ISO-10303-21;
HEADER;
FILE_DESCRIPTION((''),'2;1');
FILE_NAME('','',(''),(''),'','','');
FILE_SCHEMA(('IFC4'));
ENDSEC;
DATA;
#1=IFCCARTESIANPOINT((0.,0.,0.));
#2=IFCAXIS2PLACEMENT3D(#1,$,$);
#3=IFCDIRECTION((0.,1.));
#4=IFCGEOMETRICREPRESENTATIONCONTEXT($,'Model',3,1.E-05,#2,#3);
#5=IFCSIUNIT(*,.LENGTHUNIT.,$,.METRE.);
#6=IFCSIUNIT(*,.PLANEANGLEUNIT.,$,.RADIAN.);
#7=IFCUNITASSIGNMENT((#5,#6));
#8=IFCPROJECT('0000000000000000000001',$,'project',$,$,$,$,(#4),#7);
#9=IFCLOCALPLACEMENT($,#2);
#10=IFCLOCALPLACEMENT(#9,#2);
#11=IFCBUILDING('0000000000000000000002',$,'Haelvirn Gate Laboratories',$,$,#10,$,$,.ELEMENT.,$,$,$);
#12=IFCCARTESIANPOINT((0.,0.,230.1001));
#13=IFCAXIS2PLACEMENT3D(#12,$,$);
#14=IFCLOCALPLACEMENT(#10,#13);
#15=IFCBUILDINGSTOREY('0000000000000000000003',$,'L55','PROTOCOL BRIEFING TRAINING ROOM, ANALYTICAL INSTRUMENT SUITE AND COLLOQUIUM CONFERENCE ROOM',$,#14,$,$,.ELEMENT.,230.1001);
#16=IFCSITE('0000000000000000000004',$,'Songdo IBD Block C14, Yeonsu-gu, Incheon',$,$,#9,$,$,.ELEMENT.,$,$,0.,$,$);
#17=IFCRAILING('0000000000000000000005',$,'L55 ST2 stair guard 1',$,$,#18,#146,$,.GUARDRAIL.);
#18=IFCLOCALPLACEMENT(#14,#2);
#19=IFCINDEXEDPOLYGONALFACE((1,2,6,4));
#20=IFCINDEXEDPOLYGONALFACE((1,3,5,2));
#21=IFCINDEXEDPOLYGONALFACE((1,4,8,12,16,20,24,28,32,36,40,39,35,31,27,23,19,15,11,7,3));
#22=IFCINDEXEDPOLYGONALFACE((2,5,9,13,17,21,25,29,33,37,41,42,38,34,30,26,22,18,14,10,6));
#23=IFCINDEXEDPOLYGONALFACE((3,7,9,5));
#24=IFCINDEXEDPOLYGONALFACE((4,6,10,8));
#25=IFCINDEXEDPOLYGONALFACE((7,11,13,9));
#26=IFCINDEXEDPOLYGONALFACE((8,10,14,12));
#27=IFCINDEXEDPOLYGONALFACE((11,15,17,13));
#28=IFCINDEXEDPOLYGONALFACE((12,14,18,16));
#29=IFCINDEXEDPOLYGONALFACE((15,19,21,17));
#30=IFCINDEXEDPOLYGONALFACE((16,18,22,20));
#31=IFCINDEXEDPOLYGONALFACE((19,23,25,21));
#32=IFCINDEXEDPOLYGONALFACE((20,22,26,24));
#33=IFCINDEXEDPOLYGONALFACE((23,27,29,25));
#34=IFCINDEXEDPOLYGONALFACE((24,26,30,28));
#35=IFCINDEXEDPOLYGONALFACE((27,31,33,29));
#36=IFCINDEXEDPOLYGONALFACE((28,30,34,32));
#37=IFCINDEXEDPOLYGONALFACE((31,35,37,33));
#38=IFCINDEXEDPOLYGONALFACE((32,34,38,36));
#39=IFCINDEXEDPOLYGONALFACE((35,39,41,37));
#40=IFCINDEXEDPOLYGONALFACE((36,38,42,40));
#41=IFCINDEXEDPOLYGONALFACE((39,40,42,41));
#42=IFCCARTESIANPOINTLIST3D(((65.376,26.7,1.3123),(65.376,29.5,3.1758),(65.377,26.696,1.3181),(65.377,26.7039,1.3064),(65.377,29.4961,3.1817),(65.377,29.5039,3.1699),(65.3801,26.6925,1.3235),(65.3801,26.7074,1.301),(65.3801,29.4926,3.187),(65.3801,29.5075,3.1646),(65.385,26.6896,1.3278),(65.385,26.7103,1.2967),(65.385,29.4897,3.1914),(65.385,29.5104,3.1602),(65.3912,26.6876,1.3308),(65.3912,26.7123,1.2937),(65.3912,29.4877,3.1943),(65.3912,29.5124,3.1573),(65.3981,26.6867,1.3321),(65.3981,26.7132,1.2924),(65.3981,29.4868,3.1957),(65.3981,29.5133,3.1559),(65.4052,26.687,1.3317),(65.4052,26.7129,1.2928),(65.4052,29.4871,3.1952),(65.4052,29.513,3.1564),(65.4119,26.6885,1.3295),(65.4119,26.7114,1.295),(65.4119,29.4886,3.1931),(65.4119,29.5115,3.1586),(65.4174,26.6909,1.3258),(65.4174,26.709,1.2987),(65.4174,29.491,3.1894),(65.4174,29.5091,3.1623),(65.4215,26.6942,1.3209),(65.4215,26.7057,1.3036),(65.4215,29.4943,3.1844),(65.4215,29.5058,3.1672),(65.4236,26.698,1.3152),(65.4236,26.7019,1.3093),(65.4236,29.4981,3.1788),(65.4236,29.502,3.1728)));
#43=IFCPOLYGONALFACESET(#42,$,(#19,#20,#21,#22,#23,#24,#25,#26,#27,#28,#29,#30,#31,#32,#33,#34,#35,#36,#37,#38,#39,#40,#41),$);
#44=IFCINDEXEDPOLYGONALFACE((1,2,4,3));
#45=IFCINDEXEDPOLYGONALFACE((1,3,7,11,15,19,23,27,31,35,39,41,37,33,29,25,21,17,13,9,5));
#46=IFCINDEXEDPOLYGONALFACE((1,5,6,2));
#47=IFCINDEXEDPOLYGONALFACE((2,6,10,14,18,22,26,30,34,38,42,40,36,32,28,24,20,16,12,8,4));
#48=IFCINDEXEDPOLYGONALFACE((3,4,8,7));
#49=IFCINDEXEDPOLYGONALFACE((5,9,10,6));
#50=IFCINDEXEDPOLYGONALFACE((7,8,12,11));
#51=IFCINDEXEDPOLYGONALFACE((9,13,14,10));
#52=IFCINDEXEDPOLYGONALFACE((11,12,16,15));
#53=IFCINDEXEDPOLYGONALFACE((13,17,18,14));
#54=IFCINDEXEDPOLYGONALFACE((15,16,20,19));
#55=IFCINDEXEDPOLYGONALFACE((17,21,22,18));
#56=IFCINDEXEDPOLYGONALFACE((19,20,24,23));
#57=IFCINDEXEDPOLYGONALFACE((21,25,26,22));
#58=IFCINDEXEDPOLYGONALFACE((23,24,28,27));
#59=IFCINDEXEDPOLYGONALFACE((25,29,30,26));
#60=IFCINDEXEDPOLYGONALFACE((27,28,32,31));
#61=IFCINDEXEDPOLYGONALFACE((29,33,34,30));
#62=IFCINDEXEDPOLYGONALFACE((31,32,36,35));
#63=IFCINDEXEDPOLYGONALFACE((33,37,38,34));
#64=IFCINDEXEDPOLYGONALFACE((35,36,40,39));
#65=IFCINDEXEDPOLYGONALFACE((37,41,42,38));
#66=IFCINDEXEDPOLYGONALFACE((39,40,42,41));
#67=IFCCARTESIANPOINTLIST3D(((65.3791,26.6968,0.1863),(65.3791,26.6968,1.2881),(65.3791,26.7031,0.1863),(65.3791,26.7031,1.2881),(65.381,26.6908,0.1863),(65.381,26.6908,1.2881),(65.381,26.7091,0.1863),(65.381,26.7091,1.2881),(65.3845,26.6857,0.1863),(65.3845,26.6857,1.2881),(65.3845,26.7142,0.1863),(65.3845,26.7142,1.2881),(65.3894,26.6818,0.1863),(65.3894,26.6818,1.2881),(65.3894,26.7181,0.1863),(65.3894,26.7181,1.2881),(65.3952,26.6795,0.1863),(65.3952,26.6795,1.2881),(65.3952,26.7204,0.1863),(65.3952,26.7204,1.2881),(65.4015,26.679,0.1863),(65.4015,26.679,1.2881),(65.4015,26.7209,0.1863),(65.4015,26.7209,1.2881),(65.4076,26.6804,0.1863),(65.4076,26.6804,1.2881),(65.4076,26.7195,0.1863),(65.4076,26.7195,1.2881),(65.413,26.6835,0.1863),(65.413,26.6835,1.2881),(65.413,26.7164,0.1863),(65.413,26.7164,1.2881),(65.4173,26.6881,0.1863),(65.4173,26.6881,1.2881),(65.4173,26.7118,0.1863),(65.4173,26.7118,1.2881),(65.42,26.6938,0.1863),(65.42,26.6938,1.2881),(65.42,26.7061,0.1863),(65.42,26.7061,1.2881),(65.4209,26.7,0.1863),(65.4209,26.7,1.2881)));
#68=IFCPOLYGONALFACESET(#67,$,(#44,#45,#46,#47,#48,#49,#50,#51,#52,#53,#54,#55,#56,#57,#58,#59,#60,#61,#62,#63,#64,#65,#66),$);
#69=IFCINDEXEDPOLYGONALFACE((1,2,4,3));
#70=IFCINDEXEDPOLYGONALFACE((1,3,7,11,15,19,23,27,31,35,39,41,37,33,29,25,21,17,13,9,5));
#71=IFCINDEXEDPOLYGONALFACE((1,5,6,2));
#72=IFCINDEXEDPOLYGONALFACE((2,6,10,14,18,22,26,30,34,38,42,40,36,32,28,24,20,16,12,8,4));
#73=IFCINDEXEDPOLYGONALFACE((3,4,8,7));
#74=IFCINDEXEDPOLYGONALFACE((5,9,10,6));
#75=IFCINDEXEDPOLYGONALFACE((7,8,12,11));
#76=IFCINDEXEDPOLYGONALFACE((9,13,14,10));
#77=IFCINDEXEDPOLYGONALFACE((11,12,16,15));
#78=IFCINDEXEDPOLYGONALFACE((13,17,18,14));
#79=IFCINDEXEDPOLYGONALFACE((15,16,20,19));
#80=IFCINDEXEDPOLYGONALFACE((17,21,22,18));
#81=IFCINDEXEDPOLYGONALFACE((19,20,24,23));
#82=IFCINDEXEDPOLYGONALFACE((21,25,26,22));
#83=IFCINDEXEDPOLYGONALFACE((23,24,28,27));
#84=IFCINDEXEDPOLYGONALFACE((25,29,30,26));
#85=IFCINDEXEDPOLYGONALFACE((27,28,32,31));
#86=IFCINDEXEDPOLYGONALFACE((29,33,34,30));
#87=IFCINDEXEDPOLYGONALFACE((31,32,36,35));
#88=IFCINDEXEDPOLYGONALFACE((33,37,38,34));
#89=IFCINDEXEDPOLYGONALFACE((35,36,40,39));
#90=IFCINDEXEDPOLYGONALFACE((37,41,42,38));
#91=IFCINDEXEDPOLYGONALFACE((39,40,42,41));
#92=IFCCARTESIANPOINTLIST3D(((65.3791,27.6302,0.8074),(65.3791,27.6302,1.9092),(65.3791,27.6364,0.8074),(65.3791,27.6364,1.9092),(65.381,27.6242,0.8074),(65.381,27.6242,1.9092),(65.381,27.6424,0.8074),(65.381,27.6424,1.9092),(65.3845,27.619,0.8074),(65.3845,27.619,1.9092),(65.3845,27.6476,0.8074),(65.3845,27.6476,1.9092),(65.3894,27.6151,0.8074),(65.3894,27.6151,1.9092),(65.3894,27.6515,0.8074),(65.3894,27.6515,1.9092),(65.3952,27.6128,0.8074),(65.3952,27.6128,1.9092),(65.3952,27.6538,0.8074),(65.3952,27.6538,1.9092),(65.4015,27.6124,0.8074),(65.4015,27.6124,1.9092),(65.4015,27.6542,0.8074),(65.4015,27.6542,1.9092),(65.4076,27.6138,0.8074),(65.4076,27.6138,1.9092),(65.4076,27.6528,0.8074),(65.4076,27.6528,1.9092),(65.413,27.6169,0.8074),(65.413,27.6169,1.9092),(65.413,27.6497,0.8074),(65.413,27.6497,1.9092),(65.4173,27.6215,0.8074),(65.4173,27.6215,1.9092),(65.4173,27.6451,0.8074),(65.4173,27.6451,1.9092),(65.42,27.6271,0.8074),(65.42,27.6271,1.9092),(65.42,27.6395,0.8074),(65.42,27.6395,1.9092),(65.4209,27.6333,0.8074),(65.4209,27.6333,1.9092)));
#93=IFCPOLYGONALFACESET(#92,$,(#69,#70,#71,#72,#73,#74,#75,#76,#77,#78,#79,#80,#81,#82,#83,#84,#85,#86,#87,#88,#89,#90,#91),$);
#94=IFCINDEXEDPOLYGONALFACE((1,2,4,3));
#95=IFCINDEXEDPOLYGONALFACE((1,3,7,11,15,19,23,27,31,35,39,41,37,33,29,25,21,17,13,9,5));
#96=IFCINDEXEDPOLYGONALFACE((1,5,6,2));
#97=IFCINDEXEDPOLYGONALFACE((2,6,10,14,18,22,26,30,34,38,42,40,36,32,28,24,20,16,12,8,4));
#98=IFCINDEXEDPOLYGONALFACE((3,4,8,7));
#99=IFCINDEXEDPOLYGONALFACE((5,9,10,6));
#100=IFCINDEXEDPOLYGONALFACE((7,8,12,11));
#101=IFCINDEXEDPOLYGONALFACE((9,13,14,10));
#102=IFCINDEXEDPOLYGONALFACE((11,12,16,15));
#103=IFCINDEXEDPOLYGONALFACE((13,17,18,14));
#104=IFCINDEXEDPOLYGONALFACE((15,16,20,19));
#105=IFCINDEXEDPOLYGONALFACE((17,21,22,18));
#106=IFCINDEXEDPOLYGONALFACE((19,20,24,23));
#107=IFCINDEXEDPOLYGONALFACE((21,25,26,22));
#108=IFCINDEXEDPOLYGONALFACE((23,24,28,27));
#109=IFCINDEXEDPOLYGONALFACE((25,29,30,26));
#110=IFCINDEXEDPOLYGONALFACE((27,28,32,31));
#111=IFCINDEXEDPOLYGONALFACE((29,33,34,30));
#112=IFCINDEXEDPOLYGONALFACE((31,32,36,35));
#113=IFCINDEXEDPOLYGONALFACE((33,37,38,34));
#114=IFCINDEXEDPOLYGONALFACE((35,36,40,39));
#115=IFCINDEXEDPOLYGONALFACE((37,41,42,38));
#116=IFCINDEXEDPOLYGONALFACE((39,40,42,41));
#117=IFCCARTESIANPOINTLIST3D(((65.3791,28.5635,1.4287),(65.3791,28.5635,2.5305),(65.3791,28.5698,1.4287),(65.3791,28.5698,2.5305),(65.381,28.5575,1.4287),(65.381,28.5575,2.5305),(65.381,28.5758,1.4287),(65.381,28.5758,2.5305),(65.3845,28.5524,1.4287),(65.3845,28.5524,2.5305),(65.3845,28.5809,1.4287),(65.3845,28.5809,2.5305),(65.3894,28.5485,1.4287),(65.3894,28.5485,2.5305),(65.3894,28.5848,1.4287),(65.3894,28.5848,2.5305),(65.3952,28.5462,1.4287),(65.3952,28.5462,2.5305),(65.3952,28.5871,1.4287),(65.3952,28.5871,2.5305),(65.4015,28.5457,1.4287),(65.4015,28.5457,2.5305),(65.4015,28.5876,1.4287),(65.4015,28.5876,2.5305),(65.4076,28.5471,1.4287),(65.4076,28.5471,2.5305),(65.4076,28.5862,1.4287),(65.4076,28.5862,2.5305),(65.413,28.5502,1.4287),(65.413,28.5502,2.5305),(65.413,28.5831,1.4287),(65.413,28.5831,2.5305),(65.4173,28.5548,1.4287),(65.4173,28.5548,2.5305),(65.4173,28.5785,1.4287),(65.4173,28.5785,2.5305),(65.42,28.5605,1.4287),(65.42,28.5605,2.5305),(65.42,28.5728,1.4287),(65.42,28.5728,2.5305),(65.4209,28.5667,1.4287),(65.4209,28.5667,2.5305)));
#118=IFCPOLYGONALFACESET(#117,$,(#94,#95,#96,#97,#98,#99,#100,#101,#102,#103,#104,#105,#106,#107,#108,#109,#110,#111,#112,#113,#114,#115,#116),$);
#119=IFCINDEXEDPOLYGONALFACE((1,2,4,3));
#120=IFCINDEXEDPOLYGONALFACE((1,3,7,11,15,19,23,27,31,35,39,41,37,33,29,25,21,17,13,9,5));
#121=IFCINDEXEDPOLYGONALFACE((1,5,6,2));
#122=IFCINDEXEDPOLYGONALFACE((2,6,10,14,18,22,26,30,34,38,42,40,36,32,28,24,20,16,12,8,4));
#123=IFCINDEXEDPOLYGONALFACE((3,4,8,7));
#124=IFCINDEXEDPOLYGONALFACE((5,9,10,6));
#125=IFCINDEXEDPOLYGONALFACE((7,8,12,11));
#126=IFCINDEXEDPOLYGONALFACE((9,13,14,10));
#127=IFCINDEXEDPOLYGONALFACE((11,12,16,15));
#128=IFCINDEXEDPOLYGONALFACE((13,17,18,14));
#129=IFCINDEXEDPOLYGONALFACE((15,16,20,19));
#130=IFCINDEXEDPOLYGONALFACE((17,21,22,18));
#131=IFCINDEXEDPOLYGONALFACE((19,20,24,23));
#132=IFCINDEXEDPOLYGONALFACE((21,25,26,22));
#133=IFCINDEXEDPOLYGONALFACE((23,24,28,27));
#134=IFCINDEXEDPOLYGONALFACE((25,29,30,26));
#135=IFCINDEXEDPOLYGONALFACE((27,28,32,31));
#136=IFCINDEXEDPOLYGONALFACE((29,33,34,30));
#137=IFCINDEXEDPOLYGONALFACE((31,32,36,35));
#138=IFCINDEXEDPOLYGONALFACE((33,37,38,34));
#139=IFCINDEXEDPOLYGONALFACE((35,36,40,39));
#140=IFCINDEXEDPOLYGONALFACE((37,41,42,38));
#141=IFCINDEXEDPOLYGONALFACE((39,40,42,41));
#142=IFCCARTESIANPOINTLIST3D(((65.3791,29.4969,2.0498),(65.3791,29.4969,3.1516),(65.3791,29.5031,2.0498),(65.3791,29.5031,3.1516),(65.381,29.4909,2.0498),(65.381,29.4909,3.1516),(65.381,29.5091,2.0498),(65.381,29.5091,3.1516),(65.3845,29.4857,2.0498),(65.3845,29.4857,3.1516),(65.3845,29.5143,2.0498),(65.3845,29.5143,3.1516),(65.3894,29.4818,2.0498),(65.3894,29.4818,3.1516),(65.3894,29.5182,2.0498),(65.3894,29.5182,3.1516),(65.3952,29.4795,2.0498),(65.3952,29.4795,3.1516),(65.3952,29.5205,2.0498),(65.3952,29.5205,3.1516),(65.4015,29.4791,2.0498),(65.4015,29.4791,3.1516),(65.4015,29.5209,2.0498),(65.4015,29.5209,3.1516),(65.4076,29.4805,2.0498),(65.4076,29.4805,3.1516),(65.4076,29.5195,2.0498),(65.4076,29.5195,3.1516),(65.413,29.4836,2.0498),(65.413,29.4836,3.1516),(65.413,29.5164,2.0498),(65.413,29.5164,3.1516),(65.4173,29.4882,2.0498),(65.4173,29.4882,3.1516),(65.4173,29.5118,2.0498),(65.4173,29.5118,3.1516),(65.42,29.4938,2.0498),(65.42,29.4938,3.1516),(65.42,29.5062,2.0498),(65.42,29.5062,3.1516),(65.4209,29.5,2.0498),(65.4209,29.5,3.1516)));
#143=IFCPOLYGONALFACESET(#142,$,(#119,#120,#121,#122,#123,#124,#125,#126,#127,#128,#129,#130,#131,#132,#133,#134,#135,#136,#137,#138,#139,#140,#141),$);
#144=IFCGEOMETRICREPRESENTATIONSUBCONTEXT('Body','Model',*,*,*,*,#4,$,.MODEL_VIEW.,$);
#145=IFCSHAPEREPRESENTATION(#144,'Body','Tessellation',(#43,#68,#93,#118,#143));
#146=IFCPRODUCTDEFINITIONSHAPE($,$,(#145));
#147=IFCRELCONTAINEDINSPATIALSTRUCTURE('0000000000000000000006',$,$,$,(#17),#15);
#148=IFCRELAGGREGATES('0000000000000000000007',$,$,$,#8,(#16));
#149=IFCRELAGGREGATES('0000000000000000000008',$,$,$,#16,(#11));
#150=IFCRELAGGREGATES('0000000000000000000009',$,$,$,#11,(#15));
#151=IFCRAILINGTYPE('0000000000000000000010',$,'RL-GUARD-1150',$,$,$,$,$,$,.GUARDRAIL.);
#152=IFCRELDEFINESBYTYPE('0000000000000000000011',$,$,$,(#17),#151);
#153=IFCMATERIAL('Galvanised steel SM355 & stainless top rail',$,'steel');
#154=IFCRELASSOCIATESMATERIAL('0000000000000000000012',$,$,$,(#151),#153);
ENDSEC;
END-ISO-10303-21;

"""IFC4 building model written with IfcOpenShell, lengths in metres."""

from ifc_helpers import new_model, si_unit, direction, frame, origin, origin_2d, place, context, subcontext, project, spatial, circle, extrude, source, transform, mapped, material, type_object, element, save


model = new_model("IFC4")

# Units and contexts
model_context = context("Model", 3, precision=1e-05, world=origin(), true_north=direction((0.0, 1.0)))
body_context = subcontext(model_context, "Body", "Model", "MODEL_VIEW")
ifc_project = project(units=[si_unit("LENGTHUNIT", "METRE"), si_unit("PLANEANGLEUNIT", "RADIAN")], contexts=[model_context])

# Site, building, storey
site_placement = place(None, origin())
site = spatial("IfcSite", under=ifc_project, at=site_placement, Name="Songdo IBD Block C14, Yeonsu-gu, Incheon", CompositionType="ELEMENT", RefElevation=0.0)
building_placement = place(site_placement, origin())
building = spatial("IfcBuilding", under=site, at=building_placement, Name="Haelvirn Gate Laboratories", CompositionType="ELEMENT")
storey_placement = place(building_placement, frame((0.0, 0.0, 230.1001)))
storey = spatial("IfcBuildingStorey", under=building, at=storey_placement, Name="L55", Description="PROTOCOL BRIEFING TRAINING ROOM, ANALYTICAL INSTRUMENT SUITE AND COLLOQUIUM CONFERENCE ROOM", CompositionType="ELEMENT", Elevation=230.1001)

# Railing
ifc_material_1 = material(Name="Galvanised steel SM355 & stainless top rail", Category="steel")
railing_type_1 = type_object("IfcRailingType", Name="RL-GUARD-1150", PredefinedType="GUARDRAIL", material=ifc_material_1)
shared_shape_1 = source(origin(), body_context, "Body", "SweptSolid", [
    extrude(circle(Radius=0.0239, at=origin_2d()), frame((0.0, 0.0, 1.126), z_axis=(0.0, 0.832486, 0.554047), x_axis=(-1.0, 0.0, 0.0)), (0.0, 0.0, 1.0), 3.3635),
    extrude(circle(Radius=0.021, at=origin_2d()), origin(), (0.0, 0.0, 1.0), 1.1018),
    extrude(circle(Radius=0.021, at=origin_2d()), frame((0.0, 0.9333, 0.6211)), (0.0, 0.0, 1.0), 1.1018),
    extrude(circle(Radius=0.021, at=origin_2d()), frame((0.0, 1.8667, 1.2424)), (0.0, 0.0, 1.0), 1.1018),
    extrude(circle(Radius=0.021, at=origin_2d()), frame((0.0, 2.8, 1.8635)), (0.0, 0.0, 1.0), 1.1018),
])
railing_1_placement = place(storey_placement, frame((65.3999, 26.7, 0.1863)))
element("IfcRailing", 1, at=railing_1_placement, inside=storey, type_object=railing_type_1, Name="L55 ST2 stair guard 1", PredefinedType="GUARDRAIL", context=body_context, shape_type="MappedRepresentation", body=[
    mapped(shared_shape_1, transform((0.0, 0.0, 0.0), scale=1.0)),
])

save(model, "model.ifc")
